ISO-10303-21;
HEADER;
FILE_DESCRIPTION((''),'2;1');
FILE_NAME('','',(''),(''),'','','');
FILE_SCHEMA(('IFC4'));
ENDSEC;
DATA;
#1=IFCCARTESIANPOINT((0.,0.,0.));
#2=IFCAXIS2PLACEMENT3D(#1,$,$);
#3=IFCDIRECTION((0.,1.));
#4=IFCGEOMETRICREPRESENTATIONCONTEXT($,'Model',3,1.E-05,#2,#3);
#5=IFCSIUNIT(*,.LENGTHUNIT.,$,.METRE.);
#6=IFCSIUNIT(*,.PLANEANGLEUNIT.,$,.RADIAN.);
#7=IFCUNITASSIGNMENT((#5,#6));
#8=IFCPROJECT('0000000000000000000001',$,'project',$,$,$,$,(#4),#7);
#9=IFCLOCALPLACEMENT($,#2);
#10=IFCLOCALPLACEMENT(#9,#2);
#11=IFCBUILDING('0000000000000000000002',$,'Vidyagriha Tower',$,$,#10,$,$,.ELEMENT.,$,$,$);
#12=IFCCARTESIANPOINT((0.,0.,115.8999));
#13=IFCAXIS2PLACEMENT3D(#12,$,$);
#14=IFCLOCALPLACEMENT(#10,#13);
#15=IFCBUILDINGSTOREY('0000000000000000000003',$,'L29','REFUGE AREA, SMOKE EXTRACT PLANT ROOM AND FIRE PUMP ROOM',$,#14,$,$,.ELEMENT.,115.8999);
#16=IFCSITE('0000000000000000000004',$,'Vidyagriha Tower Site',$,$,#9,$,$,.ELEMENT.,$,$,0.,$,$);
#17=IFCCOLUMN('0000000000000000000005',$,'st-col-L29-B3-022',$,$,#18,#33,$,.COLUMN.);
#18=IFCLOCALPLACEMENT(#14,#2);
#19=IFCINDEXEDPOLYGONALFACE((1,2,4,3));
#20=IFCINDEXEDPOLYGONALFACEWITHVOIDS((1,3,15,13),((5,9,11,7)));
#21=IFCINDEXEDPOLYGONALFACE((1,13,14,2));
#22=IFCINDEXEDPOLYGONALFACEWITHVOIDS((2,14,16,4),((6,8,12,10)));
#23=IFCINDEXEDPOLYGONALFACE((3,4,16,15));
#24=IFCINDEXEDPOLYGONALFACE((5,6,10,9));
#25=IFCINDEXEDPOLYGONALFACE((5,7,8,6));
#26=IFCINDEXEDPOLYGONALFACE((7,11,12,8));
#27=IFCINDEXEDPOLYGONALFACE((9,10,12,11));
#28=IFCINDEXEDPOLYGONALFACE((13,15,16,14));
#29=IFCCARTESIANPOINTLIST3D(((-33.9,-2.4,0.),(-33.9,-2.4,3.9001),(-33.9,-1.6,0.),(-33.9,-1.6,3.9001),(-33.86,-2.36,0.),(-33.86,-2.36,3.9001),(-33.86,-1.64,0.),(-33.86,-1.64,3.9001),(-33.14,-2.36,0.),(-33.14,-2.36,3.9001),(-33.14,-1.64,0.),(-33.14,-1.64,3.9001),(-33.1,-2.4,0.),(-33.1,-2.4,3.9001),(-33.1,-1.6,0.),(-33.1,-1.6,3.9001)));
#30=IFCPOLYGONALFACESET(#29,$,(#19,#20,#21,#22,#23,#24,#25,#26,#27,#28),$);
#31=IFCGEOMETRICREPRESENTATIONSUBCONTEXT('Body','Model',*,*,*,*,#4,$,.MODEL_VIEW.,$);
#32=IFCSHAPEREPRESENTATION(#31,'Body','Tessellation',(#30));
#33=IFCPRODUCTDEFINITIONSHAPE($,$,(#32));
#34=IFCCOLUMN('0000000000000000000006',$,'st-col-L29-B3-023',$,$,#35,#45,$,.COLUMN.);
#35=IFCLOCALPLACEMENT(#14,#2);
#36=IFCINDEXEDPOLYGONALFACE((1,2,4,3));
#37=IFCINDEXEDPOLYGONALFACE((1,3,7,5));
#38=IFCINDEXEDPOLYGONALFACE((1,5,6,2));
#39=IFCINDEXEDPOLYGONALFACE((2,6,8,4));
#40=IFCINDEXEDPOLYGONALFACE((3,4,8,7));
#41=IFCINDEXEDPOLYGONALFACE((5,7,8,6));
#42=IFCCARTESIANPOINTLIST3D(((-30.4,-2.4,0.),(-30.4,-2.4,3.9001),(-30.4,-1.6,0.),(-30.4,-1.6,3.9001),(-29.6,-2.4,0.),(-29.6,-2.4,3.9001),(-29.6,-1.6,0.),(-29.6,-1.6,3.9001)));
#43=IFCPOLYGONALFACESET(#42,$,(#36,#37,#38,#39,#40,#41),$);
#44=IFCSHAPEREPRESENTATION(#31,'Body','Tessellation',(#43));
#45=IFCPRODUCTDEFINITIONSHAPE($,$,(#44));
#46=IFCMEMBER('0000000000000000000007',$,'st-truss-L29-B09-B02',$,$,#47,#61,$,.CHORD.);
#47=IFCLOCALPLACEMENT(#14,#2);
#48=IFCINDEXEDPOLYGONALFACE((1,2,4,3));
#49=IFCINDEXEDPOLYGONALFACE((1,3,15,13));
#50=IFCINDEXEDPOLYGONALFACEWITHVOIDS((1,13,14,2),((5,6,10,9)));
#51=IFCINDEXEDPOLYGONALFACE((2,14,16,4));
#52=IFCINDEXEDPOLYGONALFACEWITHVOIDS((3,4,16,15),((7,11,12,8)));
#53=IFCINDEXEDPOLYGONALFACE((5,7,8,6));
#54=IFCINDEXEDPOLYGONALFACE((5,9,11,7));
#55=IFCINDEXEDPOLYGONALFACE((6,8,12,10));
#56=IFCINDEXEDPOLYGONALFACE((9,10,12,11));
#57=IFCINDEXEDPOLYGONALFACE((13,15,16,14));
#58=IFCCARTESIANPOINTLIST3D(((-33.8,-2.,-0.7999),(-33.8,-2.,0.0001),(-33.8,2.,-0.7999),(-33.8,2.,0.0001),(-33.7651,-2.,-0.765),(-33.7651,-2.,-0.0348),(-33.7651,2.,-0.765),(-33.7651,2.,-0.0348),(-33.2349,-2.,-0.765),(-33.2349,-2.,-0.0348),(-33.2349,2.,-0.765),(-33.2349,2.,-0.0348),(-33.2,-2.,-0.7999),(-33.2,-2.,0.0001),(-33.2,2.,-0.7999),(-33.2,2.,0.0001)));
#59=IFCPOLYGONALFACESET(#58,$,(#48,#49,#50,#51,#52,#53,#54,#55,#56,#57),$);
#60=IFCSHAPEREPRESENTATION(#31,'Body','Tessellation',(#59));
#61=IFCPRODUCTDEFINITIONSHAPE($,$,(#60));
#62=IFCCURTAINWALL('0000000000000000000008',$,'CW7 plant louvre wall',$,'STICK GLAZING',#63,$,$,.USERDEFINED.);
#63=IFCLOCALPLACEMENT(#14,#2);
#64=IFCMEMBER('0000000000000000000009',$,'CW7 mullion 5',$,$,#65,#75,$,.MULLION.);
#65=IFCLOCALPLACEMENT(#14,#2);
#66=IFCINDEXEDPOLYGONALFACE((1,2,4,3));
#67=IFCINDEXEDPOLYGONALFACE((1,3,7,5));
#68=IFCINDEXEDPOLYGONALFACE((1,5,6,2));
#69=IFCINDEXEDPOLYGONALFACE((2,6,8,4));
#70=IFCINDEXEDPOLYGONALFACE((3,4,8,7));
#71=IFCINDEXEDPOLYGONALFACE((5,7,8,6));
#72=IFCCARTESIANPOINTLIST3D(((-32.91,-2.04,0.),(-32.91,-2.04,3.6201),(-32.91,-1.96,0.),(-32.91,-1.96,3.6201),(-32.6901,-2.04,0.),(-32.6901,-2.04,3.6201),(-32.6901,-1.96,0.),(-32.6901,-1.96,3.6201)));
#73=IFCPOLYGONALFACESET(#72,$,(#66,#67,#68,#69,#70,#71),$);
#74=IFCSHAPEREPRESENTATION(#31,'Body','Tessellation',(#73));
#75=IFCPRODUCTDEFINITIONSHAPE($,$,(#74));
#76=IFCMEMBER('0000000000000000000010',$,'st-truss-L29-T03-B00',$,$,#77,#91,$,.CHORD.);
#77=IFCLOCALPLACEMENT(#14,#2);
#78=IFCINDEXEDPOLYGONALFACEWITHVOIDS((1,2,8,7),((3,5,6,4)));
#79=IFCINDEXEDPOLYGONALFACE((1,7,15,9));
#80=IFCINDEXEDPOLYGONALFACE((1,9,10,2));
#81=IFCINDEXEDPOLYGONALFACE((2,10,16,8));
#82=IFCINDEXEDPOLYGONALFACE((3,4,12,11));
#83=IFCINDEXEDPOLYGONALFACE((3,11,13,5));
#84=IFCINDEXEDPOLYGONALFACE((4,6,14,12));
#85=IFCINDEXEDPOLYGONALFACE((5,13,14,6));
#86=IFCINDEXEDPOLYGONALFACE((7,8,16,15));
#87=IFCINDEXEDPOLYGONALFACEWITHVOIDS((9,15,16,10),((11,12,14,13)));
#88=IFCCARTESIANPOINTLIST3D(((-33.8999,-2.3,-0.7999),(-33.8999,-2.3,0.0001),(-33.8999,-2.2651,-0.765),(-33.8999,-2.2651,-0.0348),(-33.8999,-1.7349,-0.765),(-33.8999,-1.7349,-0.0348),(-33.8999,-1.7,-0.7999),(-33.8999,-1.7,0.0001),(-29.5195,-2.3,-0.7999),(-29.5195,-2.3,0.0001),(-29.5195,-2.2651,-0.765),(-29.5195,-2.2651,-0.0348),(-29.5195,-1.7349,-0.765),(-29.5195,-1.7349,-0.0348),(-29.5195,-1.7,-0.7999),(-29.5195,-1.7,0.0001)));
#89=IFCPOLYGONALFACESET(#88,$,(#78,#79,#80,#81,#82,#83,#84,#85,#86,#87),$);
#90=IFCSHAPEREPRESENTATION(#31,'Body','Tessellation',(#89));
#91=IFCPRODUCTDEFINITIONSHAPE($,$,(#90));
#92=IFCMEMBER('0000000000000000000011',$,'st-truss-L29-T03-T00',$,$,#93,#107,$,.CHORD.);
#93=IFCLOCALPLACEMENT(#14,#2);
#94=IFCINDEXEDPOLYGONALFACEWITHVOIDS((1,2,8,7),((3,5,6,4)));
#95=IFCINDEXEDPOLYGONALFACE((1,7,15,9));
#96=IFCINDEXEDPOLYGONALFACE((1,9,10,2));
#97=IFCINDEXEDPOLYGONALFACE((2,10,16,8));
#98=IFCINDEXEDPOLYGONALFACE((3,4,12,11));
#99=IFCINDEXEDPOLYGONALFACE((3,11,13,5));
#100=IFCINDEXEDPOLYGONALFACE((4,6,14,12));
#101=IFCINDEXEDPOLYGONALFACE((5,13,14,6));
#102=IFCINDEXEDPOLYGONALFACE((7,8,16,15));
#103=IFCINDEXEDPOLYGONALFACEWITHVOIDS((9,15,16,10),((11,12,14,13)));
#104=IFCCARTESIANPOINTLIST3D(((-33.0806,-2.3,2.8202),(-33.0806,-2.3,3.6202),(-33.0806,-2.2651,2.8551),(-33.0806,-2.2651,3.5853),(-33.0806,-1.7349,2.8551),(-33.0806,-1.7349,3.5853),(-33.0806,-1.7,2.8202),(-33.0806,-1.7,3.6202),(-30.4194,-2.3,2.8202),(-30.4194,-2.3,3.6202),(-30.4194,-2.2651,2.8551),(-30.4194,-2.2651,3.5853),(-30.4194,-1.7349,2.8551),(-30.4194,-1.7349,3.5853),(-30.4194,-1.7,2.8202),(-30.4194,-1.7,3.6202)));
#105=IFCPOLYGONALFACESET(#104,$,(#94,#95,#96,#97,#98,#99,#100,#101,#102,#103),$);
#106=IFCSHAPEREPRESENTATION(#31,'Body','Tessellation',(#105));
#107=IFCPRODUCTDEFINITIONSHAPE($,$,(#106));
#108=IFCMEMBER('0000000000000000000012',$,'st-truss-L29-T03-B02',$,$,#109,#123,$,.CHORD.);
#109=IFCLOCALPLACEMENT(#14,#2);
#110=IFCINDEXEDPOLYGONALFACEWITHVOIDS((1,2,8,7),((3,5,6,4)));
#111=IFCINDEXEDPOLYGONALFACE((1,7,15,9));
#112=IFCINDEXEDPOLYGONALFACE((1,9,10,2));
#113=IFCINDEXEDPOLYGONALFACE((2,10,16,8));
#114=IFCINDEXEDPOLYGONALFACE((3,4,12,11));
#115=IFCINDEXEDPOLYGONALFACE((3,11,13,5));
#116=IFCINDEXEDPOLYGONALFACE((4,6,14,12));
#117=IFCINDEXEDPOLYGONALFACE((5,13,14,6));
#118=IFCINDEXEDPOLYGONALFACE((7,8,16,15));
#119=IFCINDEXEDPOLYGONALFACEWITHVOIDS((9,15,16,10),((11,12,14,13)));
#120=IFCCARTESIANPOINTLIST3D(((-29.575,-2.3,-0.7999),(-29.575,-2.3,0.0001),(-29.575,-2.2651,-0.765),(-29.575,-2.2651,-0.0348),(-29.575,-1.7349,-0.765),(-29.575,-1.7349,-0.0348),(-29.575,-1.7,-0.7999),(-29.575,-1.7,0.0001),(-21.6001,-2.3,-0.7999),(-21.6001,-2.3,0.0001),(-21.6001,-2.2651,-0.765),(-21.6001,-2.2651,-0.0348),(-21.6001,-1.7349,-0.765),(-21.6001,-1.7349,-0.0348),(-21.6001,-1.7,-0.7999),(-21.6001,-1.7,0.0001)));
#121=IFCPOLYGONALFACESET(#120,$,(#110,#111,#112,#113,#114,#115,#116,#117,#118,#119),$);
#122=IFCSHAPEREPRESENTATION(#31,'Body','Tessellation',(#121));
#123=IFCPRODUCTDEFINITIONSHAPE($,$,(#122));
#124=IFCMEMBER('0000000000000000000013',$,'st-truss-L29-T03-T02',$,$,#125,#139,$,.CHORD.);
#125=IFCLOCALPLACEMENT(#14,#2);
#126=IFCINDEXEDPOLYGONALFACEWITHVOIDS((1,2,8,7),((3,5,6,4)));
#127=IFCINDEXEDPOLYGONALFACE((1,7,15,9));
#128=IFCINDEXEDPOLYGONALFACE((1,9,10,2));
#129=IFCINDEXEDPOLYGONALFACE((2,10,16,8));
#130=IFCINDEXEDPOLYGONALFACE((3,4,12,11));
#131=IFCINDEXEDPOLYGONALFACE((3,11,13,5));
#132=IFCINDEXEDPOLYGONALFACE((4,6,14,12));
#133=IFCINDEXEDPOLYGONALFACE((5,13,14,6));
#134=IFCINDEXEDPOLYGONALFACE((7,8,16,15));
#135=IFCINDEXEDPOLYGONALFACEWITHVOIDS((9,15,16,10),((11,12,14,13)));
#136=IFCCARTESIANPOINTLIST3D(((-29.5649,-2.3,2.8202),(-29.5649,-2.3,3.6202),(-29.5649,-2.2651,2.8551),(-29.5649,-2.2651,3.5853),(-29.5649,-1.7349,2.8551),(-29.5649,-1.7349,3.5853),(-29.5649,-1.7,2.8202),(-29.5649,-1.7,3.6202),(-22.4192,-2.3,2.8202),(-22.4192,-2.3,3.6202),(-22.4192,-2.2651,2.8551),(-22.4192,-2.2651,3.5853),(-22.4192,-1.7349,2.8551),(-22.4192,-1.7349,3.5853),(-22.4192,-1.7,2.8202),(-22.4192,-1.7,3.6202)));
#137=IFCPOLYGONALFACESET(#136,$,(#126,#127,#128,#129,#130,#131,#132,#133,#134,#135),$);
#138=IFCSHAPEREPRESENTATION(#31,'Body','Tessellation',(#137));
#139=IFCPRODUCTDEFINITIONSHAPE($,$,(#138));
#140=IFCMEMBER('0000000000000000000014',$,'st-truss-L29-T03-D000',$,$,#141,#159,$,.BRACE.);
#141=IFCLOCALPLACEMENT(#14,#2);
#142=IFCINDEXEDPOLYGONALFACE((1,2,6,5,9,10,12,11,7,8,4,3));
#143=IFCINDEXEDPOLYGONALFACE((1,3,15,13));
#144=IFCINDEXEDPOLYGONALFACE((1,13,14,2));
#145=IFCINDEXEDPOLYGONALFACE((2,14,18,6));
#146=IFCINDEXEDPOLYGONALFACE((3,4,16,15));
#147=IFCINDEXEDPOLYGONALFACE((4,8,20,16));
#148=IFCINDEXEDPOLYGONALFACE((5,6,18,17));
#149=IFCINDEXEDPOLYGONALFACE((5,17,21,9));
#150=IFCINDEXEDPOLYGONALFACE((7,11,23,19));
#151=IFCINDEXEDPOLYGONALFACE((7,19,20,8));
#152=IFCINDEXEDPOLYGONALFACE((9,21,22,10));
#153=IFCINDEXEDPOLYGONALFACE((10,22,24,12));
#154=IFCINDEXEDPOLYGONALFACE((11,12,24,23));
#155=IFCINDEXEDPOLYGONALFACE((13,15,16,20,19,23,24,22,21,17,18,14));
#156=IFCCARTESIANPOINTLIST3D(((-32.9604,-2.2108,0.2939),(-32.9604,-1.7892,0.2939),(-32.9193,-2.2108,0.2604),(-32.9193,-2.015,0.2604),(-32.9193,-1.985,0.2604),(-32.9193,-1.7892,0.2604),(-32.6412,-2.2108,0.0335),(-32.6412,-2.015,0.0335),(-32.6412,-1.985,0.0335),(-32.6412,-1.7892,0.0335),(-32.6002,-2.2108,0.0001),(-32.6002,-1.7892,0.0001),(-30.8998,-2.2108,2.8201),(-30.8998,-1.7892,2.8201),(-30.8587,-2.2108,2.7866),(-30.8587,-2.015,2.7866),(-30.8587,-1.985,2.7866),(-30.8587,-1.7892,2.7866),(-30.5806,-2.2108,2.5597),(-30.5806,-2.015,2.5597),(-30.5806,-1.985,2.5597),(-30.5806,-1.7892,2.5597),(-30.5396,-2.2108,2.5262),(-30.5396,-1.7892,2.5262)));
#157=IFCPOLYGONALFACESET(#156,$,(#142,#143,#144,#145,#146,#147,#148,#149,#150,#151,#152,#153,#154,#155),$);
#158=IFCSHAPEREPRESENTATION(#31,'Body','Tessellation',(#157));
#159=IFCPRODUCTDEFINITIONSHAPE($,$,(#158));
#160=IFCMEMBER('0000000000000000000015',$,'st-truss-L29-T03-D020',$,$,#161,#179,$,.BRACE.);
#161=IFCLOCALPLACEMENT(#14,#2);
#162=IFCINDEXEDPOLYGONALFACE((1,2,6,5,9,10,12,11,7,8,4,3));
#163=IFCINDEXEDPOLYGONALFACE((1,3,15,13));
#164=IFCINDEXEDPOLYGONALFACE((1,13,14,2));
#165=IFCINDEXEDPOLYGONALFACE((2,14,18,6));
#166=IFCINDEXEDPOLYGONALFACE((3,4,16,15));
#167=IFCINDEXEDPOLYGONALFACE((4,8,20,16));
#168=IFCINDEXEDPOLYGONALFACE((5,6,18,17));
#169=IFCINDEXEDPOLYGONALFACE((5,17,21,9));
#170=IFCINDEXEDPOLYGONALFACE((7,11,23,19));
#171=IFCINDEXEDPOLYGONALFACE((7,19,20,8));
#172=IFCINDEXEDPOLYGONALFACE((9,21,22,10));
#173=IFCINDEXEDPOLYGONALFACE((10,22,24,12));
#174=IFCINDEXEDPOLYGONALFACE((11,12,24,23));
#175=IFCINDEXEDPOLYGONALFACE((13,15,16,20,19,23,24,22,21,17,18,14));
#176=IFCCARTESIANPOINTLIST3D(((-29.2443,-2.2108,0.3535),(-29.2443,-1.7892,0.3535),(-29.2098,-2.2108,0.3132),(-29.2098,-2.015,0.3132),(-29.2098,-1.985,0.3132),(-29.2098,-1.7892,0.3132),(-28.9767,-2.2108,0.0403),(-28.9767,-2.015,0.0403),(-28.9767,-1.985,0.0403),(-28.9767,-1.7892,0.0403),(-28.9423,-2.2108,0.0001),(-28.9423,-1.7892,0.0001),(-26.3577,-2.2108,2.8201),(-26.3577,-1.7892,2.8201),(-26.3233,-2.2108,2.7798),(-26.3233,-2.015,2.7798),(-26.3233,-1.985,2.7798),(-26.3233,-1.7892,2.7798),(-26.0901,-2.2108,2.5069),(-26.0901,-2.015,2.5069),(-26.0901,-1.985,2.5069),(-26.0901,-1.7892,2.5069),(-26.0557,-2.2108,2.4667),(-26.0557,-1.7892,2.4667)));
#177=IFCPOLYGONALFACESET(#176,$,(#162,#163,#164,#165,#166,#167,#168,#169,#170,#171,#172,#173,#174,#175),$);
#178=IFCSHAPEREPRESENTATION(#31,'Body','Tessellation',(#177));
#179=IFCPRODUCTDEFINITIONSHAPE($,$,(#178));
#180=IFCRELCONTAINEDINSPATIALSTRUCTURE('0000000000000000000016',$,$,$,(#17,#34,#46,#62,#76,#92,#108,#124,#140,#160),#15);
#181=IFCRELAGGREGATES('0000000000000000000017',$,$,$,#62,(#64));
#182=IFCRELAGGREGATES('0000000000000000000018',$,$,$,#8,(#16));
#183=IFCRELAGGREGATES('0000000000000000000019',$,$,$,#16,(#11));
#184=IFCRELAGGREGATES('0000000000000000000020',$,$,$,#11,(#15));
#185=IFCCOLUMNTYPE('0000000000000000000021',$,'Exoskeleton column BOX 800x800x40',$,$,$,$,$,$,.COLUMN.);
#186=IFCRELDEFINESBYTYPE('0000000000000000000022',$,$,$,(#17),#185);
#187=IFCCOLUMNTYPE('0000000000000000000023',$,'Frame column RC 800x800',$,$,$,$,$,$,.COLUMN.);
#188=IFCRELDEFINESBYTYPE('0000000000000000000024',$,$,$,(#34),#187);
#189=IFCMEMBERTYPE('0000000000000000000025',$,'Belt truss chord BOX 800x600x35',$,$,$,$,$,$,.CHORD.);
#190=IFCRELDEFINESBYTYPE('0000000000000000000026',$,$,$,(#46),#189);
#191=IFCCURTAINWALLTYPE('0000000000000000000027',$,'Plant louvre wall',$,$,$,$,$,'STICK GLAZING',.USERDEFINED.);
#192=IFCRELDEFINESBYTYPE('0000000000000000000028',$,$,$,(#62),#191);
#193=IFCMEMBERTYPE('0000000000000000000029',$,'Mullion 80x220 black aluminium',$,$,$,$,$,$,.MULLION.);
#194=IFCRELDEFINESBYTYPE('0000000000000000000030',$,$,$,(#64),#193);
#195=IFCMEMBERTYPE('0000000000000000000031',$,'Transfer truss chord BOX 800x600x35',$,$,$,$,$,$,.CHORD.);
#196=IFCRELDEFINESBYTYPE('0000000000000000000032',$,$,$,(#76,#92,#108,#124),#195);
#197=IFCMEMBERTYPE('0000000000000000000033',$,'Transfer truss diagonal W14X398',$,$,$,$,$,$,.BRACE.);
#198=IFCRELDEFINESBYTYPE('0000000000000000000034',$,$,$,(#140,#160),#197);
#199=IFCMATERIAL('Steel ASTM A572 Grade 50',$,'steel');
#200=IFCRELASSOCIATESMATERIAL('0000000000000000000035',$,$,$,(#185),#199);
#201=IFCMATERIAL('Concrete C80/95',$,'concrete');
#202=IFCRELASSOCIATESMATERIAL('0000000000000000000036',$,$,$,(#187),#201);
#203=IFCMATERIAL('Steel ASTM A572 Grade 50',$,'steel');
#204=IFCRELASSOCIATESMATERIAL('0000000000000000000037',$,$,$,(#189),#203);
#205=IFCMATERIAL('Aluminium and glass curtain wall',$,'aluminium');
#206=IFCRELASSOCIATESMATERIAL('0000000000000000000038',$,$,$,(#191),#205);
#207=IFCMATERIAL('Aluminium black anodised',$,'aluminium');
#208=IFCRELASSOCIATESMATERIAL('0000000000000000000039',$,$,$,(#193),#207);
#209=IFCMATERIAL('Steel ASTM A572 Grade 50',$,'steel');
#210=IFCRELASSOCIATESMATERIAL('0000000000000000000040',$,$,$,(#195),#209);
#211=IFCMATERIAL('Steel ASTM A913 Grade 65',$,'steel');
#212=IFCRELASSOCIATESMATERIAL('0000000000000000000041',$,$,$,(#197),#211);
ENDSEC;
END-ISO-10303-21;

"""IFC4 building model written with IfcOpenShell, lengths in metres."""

from ifc_helpers import new_model, si_unit, direction, frame, origin, origin_2d, place, context, subcontext, project, spatial, rectangle, hollow_rectangle, i_section, extrude, material, material_profile, profile_set, type_object, element, aggregate, save


model = new_model("IFC4")

# Units and contexts
model_context = context("Model", 3, precision=1e-05, world=origin(), true_north=direction((0.0, 1.0)))
body_context = subcontext(model_context, "Body", "Model", "MODEL_VIEW")
ifc_project = project(units=[si_unit("LENGTHUNIT", "METRE"), si_unit("PLANEANGLEUNIT", "RADIAN")], contexts=[model_context])

# Site, building, storey
site_placement = place(None, origin())
site = spatial("IfcSite", under=ifc_project, at=site_placement, Name="Vidyagriha Tower Site", CompositionType="ELEMENT", RefElevation=0.0)
building_placement = place(site_placement, origin())
building = spatial("IfcBuilding", under=site, at=building_placement, Name="Vidyagriha Tower", CompositionType="ELEMENT")
storey_placement = place(building_placement, frame((0.0, 0.0, 115.8999)))
storey = spatial("IfcBuildingStorey", under=building, at=storey_placement, Name="L29", Description="REFUGE AREA, SMOKE EXTRACT PLANT ROOM AND FIRE PUMP ROOM", CompositionType="ELEMENT", Elevation=115.8999)

# Columns
ifc_material_1 = material(Name="Steel ASTM A572 Grade 50", Category="steel")
ifc_material_profile_1 = material_profile(ifc_material_1, hollow_rectangle(XDim=0.8, YDim=0.8, WallThickness=0.04, at=origin_2d()), Name="BOX 800x800x40")
ifc_profile_set_1 = profile_set([ifc_material_profile_1], Name="Steel ASTM A572 Grade 50")
column_type_1 = type_object("IfcColumnType", Name="Exoskeleton column BOX 800x800x40", PredefinedType="COLUMN", material=ifc_profile_set_1)
column_1_placement = place(storey_placement, frame((-33.5, -2.0, 0.0)))
element("IfcColumn", 1, at=column_1_placement, inside=storey, type_object=column_type_1, Name="st-col-L29-B3-022", PredefinedType="COLUMN", context=body_context, shape_type="SweptSolid", body=[
    extrude(hollow_rectangle(XDim=0.8, YDim=0.8, WallThickness=0.04, at=origin_2d()), origin(), (0.0, 0.0, 1.0), 3.9001),
])
ifc_material_2 = material(Name="Concrete C80/95", Category="concrete")
ifc_material_profile_2 = material_profile(ifc_material_2, rectangle(XDim=0.8, YDim=0.8, at=origin_2d()), Name="RC 800x800")
ifc_profile_set_2 = profile_set([ifc_material_profile_2], Name="Concrete C80/95")
column_type_2 = type_object("IfcColumnType", Name="Frame column RC 800x800", PredefinedType="COLUMN", material=ifc_profile_set_2)
column_2_placement = place(storey_placement, frame((-30.0, -2.0, 0.0)))
element("IfcColumn", 2, at=column_2_placement, inside=storey, type_object=column_type_2, Name="st-col-L29-B3-023", PredefinedType="COLUMN", context=body_context, shape_type="SweptSolid", body=[
    extrude(rectangle(XDim=0.8, YDim=0.8, at=origin_2d()), origin(), (0.0, 0.0, 1.0), 3.9001),
])

# Member
ifc_material_3 = material(Name="Steel ASTM A572 Grade 50", Category="steel")
ifc_material_profile_3 = material_profile(ifc_material_3, hollow_rectangle(XDim=0.6001, YDim=0.8, WallThickness=0.0349, at=origin_2d()), Name="BOX 800x600x35")
ifc_profile_set_3 = profile_set([ifc_material_profile_3], Name="Steel ASTM A572 Grade 50")
member_type_1 = type_object("IfcMemberType", Name="Belt truss chord BOX 800x600x35", PredefinedType="CHORD", material=ifc_profile_set_3)
member_1_placement = place(storey_placement, frame((-33.5, -2.0, -0.3999), z_axis=(0.0, 1.0, 0.0), x_axis=(-1.0, 0.0, 0.0)))
element("IfcMember", 3, at=member_1_placement, inside=storey, type_object=member_type_1, Name="st-truss-L29-B09-B02", PredefinedType="CHORD", context=body_context, shape_type="SweptSolid", body=[
    extrude(hollow_rectangle(XDim=0.6001, YDim=0.8, WallThickness=0.0349, at=origin_2d()), origin(), (0.0, 0.0, 1.0), 4.0),
])

# Curtain wall, member
ifc_material_4 = material(Name="Aluminium and glass curtain wall", Category="aluminium")
curtain_wall_type = type_object("IfcCurtainWallType", Name="Plant louvre wall", ElementType="STICK GLAZING", PredefinedType="USERDEFINED", material=ifc_material_4)
curtain_wall_placement = place(storey_placement, origin())
curtain_wall = element("IfcCurtainWall", 4, at=curtain_wall_placement, inside=storey, type_object=curtain_wall_type, Name="CW7 plant louvre wall", ObjectType="STICK GLAZING", PredefinedType="USERDEFINED")
ifc_material_5 = material(Name="Aluminium black anodised", Category="aluminium")
ifc_material_profile_4 = material_profile(ifc_material_5, rectangle(XDim=0.22, YDim=0.0801, at=origin_2d()), Name="Mullion 80x220 black aluminium")
ifc_profile_set_4 = profile_set([ifc_material_profile_4], Name="Aluminium black anodised")
member_type_2 = type_object("IfcMemberType", Name="Mullion 80x220 black aluminium", PredefinedType="MULLION", material=ifc_profile_set_4)
member_2_placement = place(storey_placement, frame((-32.8, -2.0, 0.0)))
member_2 = element("IfcMember", 5, at=member_2_placement, type_object=member_type_2, Name="CW7 mullion 5", PredefinedType="MULLION", context=body_context, shape_type="SweptSolid", body=[
    extrude(rectangle(XDim=0.22, YDim=0.0801, at=origin_2d()), origin(), (0.0, 0.0, 1.0), 3.6201),
])

# Members
ifc_material_6 = material(Name="Steel ASTM A572 Grade 50", Category="steel")
ifc_material_profile_5 = material_profile(ifc_material_6, hollow_rectangle(XDim=0.6001, YDim=0.8, WallThickness=0.0349, at=origin_2d()), Name="BOX 800x600x35")
ifc_profile_set_5 = profile_set([ifc_material_profile_5], Name="Steel ASTM A572 Grade 50")
member_type_3 = type_object("IfcMemberType", Name="Transfer truss chord BOX 800x600x35", PredefinedType="CHORD", material=ifc_profile_set_5)
member_3_placement = place(storey_placement, frame((-33.8999, -2.0, -0.3999), z_axis=(1.0, 0.0, 0.0), x_axis=(0.0, 1.0, 0.0)))
element("IfcMember", 6, at=member_3_placement, inside=storey, type_object=member_type_3, Name="st-truss-L29-T03-B00", PredefinedType="CHORD", context=body_context, shape_type="SweptSolid", body=[
    extrude(hollow_rectangle(XDim=0.6001, YDim=0.8, WallThickness=0.0349, at=origin_2d()), origin(), (0.0, 0.0, 1.0), 4.3804),
])
member_4_placement = place(storey_placement, frame((-33.0806, -2.0, 3.2202), z_axis=(1.0, 0.0, 0.0), x_axis=(0.0, 1.0, 0.0)))
element("IfcMember", 7, at=member_4_placement, inside=storey, type_object=member_type_3, Name="st-truss-L29-T03-T00", PredefinedType="CHORD", context=body_context, shape_type="SweptSolid", body=[
    extrude(hollow_rectangle(XDim=0.6001, YDim=0.8, WallThickness=0.0349, at=origin_2d()), origin(), (0.0, 0.0, 1.0), 2.6611),
])
member_5_placement = place(storey_placement, frame((-29.575, -2.0, -0.3999), z_axis=(1.0, 0.0, 0.0), x_axis=(0.0, 1.0, 0.0)))
element("IfcMember", 8, at=member_5_placement, inside=storey, type_object=member_type_3, Name="st-truss-L29-T03-B02", PredefinedType="CHORD", context=body_context, shape_type="SweptSolid", body=[
    extrude(hollow_rectangle(XDim=0.6001, YDim=0.8, WallThickness=0.0349, at=origin_2d()), origin(), (0.0, 0.0, 1.0), 7.9749),
])
member_6_placement = place(storey_placement, frame((-29.5649, -2.0, 3.2202), z_axis=(1.0, 0.0, 0.0), x_axis=(0.0, 1.0, 0.0)))
element("IfcMember", 9, at=member_6_placement, inside=storey, type_object=member_type_3, Name="st-truss-L29-T03-T02", PredefinedType="CHORD", context=body_context, shape_type="SweptSolid", body=[
    extrude(hollow_rectangle(XDim=0.6001, YDim=0.8, WallThickness=0.0349, at=origin_2d()), origin(), (0.0, 0.0, 1.0), 7.1458),
])
ifc_material_7 = material(Name="Steel ASTM A913 Grade 65", Category="steel")
ifc_material_profile_6 = material_profile(ifc_material_7, i_section(OverallWidth=0.4216, OverallDepth=0.4648, WebThickness=0.03, FlangeThickness=0.053, at=origin_2d()), Name="W14X398")
ifc_profile_set_6 = profile_set([ifc_material_profile_6], Name="Steel ASTM A913 Grade 65")
member_type_4 = type_object("IfcMemberType", Name="Transfer truss diagonal W14X398", PredefinedType="BRACE", material=ifc_profile_set_6)
member_7_placement = place(storey_placement, frame((-32.7803, -2.0, 0.147), z_axis=(0.632083, 0.0, 0.774901), x_axis=(0.0, 1.0, 0.0)))
element("IfcMember", 10, at=member_7_placement, inside=storey, type_object=member_type_4, Name="st-truss-L29-T03-D000", PredefinedType="BRACE", context=body_context, shape_type="SweptSolid", body=[
    extrude(i_section(OverallWidth=0.4216, OverallDepth=0.4648, WebThickness=0.03, FlangeThickness=0.053, at=origin_2d()), origin(), (0.0, 0.0, 1.0), 3.26),
])
member_8_placement = place(storey_placement, frame((-29.0933, -2.0, 0.1768), z_axis=(0.760241, 0.0, 0.649642), x_axis=(0.0, 1.0, 0.0)))
element("IfcMember", 11, at=member_8_placement, inside=storey, type_object=member_type_4, Name="st-truss-L29-T03-D020", PredefinedType="BRACE", context=body_context, shape_type="SweptSolid", body=[
    extrude(i_section(OverallWidth=0.4216, OverallDepth=0.4648, WebThickness=0.03, FlangeThickness=0.053, at=origin_2d()), origin(), (0.0, 0.0, 1.0), 3.7969),
])

aggregate(curtain_wall, [member_2])

save(model, "model.ifc")
